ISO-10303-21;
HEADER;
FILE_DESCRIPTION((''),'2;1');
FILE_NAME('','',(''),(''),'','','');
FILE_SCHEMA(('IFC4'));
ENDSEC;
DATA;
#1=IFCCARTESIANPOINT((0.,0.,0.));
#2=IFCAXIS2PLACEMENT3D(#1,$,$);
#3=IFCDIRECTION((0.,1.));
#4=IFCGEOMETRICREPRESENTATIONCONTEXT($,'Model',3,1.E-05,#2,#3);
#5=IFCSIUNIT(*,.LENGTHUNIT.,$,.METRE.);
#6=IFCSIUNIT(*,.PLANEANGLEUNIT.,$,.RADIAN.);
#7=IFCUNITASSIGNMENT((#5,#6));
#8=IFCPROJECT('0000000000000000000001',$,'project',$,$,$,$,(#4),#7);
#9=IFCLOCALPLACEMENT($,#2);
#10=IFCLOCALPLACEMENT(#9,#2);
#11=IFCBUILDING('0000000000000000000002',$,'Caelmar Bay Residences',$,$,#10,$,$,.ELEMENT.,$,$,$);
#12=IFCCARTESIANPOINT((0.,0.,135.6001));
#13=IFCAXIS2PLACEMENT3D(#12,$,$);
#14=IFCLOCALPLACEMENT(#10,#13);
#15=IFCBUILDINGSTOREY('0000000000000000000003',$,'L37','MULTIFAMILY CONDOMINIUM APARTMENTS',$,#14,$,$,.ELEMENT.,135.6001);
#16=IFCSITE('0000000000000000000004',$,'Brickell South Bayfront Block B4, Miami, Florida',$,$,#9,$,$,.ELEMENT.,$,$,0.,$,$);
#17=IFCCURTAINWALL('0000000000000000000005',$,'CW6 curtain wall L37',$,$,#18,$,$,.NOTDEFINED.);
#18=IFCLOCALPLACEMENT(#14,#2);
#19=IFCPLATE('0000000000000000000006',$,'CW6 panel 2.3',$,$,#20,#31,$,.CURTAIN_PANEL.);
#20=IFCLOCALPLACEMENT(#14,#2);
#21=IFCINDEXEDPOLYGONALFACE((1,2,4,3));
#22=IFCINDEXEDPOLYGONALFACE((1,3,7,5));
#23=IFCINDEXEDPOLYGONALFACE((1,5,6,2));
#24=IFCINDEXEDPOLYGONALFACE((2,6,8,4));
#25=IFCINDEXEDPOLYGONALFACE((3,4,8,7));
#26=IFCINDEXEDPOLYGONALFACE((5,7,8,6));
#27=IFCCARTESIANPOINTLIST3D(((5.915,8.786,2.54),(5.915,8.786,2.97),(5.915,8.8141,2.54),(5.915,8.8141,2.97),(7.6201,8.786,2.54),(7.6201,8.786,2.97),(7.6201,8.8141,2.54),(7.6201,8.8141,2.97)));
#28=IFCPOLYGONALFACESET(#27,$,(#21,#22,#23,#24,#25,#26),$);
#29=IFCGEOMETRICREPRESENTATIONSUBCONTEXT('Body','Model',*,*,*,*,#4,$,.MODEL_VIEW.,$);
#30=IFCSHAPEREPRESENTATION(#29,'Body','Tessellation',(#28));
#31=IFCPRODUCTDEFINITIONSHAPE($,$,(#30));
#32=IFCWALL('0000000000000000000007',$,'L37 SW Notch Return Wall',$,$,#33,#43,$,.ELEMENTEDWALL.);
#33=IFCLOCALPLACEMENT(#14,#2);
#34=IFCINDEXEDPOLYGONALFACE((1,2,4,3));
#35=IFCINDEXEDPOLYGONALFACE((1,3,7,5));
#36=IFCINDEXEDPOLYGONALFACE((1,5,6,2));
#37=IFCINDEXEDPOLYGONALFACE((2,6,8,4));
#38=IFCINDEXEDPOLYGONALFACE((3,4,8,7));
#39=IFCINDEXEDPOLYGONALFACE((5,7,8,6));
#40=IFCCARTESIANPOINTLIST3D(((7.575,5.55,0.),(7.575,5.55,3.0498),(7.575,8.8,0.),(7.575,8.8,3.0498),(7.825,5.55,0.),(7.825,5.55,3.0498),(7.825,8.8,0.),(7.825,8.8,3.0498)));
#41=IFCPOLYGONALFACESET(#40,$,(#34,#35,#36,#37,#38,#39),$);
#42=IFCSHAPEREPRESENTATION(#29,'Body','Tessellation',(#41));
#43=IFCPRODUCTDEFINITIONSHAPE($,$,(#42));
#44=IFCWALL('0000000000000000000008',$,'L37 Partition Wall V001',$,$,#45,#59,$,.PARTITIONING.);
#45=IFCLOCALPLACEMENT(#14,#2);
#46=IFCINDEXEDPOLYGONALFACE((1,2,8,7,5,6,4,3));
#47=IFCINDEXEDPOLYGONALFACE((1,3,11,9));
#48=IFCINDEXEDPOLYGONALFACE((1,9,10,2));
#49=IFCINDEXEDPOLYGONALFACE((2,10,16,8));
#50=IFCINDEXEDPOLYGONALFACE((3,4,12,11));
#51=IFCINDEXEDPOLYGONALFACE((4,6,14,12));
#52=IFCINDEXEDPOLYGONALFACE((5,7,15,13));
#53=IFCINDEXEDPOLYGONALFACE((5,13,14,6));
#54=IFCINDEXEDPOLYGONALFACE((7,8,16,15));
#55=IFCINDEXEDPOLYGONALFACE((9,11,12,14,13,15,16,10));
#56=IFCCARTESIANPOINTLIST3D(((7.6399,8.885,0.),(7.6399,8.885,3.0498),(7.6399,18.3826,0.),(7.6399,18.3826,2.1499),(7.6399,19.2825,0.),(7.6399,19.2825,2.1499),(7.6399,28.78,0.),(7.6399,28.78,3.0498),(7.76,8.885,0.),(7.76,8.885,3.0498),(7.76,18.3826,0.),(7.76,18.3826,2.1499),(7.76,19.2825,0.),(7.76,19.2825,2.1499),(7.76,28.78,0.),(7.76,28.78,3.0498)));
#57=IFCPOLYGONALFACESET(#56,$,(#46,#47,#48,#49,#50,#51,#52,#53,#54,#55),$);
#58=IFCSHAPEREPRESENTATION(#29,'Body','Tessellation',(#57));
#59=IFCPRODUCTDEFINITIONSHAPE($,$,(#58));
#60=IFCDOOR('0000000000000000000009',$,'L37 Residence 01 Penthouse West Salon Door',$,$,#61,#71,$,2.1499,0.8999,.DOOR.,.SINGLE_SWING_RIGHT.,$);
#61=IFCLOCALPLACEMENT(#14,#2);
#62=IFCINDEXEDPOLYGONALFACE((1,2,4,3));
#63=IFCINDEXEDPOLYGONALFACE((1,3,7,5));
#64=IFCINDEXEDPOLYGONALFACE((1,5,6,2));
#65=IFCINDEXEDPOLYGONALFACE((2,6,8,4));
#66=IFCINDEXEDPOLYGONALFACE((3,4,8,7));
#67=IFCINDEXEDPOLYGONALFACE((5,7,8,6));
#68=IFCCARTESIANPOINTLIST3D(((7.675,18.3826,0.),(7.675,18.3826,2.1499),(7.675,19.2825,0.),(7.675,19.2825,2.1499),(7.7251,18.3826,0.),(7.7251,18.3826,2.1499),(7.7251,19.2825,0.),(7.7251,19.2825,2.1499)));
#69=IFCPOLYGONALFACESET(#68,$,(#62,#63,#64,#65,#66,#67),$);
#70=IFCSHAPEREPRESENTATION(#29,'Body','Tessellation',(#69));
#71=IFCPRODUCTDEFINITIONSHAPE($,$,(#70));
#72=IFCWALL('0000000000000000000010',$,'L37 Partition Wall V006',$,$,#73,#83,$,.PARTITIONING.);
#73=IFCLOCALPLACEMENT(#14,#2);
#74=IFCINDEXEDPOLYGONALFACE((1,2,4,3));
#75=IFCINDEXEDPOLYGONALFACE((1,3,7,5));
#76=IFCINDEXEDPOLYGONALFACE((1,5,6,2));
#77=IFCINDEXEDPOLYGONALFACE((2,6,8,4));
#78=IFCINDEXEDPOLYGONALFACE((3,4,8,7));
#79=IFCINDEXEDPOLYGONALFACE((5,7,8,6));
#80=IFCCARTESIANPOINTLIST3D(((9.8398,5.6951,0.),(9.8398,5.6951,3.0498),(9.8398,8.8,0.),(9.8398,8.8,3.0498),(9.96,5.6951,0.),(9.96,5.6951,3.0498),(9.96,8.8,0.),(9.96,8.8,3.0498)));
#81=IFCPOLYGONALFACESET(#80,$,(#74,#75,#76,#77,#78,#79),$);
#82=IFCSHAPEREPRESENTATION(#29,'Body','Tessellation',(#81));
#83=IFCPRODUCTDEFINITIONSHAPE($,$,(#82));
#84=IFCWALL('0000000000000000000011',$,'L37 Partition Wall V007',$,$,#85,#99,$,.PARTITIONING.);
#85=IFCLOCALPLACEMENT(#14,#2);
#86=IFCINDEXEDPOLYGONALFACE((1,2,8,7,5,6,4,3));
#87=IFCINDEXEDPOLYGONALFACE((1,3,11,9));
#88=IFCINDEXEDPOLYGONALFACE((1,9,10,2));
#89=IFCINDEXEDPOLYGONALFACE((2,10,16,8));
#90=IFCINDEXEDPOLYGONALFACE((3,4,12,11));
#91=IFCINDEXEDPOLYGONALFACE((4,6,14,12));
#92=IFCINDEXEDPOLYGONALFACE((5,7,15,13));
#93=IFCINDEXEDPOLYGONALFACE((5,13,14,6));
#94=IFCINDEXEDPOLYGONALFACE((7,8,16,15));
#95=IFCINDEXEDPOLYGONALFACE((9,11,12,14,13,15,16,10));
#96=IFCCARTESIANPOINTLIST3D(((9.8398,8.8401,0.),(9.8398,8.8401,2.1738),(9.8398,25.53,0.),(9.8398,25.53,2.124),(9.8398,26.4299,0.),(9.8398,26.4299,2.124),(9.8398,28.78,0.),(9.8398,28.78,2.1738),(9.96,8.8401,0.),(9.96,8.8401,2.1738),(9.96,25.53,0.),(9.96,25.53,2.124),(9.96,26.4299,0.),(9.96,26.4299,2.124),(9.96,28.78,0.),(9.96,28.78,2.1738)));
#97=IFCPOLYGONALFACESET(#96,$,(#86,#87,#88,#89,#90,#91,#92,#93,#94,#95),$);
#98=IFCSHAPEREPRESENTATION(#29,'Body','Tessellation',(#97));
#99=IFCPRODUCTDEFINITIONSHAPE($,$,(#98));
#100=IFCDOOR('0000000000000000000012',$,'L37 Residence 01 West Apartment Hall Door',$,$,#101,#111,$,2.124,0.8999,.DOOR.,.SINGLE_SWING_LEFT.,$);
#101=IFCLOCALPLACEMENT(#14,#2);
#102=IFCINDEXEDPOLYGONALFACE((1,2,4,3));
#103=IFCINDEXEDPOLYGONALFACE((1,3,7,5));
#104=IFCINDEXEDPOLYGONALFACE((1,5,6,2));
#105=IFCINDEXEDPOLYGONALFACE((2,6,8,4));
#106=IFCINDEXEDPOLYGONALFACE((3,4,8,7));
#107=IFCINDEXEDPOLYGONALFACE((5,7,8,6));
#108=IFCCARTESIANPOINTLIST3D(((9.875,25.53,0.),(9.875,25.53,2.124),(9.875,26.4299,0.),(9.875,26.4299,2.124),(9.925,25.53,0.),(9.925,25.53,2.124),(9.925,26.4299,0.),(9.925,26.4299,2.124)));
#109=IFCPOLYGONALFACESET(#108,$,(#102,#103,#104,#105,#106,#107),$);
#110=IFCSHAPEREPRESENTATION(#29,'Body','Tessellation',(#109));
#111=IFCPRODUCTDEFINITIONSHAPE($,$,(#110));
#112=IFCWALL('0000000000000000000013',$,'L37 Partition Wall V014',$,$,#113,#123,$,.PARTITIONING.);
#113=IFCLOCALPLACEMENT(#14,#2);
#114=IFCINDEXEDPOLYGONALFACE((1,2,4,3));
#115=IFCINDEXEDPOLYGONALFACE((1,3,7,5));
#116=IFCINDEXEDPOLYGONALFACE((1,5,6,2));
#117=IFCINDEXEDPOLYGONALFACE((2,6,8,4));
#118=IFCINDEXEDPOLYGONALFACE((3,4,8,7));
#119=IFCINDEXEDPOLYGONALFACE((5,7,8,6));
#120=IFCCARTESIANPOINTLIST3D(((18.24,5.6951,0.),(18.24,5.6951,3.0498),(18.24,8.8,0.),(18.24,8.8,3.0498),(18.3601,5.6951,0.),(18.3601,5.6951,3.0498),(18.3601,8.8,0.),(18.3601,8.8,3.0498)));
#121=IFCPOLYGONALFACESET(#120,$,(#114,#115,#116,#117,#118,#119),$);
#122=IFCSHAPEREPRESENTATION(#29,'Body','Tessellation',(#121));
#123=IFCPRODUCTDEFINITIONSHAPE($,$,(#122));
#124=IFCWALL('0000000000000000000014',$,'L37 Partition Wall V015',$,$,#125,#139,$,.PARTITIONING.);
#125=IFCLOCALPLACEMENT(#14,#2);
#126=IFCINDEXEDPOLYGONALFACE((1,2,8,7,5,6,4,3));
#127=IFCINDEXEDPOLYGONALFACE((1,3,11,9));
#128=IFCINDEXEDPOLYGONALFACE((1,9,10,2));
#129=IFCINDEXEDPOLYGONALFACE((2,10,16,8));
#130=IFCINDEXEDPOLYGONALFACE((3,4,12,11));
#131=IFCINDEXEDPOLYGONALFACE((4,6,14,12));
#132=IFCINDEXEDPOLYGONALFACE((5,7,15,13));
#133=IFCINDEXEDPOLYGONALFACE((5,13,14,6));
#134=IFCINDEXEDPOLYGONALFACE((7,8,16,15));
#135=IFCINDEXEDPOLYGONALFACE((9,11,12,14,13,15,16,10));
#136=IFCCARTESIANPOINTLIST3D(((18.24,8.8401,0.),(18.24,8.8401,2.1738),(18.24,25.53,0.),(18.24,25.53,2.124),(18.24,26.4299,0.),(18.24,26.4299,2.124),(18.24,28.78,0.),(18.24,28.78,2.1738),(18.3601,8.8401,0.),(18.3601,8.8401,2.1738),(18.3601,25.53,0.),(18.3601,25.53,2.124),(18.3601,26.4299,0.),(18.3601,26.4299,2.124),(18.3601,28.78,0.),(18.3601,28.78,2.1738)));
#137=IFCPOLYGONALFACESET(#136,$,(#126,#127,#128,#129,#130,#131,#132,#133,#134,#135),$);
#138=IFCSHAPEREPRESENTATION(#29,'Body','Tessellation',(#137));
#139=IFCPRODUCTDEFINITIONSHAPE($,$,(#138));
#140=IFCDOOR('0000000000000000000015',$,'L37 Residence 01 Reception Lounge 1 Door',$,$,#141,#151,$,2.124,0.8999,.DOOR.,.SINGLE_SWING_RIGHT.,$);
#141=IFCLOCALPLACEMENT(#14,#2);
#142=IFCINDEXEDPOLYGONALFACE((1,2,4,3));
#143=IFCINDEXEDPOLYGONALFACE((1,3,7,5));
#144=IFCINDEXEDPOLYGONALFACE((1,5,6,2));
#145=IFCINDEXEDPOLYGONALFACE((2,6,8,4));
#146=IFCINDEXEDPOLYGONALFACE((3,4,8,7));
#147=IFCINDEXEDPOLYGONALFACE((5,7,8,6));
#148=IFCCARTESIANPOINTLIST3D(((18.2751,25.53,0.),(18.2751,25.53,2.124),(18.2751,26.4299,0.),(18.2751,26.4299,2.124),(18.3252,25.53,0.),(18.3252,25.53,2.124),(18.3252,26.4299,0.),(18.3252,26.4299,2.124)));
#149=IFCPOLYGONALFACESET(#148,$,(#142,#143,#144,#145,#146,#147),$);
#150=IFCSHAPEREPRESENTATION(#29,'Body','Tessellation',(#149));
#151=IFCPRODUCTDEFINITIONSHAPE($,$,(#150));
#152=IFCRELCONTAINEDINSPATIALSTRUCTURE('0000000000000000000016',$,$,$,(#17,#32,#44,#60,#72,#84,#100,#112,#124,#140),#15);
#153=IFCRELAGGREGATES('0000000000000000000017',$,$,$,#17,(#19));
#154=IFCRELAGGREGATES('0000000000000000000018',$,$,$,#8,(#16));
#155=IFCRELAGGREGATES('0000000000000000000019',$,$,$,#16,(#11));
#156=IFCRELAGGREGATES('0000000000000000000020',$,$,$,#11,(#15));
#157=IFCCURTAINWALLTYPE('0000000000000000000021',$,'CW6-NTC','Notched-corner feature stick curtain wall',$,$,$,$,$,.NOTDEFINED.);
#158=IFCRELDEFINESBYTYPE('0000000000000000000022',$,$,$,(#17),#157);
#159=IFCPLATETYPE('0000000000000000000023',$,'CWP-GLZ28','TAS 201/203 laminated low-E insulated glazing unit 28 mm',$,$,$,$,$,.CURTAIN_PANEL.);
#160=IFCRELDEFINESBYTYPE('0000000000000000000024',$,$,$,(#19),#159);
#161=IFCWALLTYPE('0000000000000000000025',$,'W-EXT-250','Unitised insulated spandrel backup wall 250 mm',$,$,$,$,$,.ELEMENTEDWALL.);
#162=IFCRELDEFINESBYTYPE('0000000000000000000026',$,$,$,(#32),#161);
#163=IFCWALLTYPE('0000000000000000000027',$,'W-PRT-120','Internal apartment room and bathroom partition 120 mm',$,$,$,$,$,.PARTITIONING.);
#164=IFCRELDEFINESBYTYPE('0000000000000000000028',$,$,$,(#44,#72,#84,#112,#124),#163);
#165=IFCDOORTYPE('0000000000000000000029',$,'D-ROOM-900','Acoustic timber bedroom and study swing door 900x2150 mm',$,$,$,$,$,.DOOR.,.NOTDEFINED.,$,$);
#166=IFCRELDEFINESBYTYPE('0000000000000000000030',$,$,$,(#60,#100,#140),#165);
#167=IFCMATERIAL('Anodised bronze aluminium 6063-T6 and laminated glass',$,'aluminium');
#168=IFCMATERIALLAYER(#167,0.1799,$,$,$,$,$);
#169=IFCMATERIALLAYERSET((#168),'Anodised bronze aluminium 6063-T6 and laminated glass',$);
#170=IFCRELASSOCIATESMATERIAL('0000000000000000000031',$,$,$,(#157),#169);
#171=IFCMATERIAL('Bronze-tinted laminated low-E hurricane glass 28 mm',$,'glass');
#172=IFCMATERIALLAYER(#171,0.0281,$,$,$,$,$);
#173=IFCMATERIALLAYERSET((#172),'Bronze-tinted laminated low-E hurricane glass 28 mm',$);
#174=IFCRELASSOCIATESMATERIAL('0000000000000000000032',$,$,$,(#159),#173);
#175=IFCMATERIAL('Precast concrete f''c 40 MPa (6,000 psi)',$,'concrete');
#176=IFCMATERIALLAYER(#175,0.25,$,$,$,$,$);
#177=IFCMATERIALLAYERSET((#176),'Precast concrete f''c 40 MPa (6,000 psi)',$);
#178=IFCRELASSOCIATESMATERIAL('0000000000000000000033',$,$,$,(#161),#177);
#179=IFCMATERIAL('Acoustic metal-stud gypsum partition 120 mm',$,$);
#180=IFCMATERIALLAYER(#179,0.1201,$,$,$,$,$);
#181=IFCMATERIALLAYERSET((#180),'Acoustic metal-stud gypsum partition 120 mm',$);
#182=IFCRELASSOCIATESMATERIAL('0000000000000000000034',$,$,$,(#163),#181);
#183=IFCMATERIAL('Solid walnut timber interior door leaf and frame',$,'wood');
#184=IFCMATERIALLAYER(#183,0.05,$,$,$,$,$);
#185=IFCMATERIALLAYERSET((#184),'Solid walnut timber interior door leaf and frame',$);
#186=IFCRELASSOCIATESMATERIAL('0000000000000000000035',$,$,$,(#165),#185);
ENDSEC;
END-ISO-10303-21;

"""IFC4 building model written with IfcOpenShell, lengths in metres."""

from ifc_helpers import new_model, si_unit, direction, frame, frame_2d, origin, origin_2d, place, context, subcontext, project, spatial, rectangle, extrude, material, layer, layer_set, type_object, element, fill, aggregate, save


model = new_model("IFC4")

# Units and contexts
model_context = context("Model", 3, precision=1e-05, world=origin(), true_north=direction((0.0, 1.0)))
body_context = subcontext(model_context, "Body", "Model", "MODEL_VIEW")
ifc_project = project(units=[si_unit("LENGTHUNIT", "METRE"), si_unit("PLANEANGLEUNIT", "RADIAN")], contexts=[model_context])

# Site, building, storey
site_placement = place(None, origin())
site = spatial("IfcSite", under=ifc_project, at=site_placement, Name="Brickell South Bayfront Block B4, Miami, Florida", CompositionType="ELEMENT", RefElevation=0.0)
building_placement = place(site_placement, origin())
building = spatial("IfcBuilding", under=site, at=building_placement, Name="Caelmar Bay Residences", CompositionType="ELEMENT")
storey_placement = place(building_placement, frame((0.0, 0.0, 135.6001)))
storey = spatial("IfcBuildingStorey", under=building, at=storey_placement, Name="L37", Description="MULTIFAMILY CONDOMINIUM APARTMENTS", CompositionType="ELEMENT", Elevation=135.6001)

# Curtain wall, plate
ifc_material_1 = material(Name="Anodised bronze aluminium 6063-T6 and laminated glass", Category="aluminium")
ifc_layer_1 = layer(ifc_material_1, 0.1799)
ifc_layer_set_1 = layer_set([ifc_layer_1], Name="Anodised bronze aluminium 6063-T6 and laminated glass")
curtain_wall_type = type_object("IfcCurtainWallType", Name="CW6-NTC", Description="Notched-corner feature stick curtain wall", PredefinedType="NOTDEFINED", material=ifc_layer_set_1)
curtain_wall_placement = place(storey_placement, origin())
curtain_wall = element("IfcCurtainWall", 1, at=curtain_wall_placement, inside=storey, type_object=curtain_wall_type, Name="CW6 curtain wall L37", PredefinedType="NOTDEFINED")
ifc_material_2 = material(Name="Bronze-tinted laminated low-E hurricane glass 28 mm", Category="glass")
ifc_layer_2 = layer(ifc_material_2, 0.0281)
ifc_layer_set_2 = layer_set([ifc_layer_2], Name="Bronze-tinted laminated low-E hurricane glass 28 mm")
plate_type = type_object("IfcPlateType", Name="CWP-GLZ28", Description="TAS 201/203 laminated low-E insulated glazing unit 28 mm", PredefinedType="CURTAIN_PANEL", material=ifc_layer_set_2)
plate_1_placement = place(storey_placement, frame((6.7676, 8.8, 2.54), z_axis=(0.0, 0.0, 1.0), x_axis=(1.0, 0.0, 0.0)))
plate_1 = element("IfcPlate", 2, at=plate_1_placement, type_object=plate_type, Name="CW6 panel 2.3", PredefinedType="CURTAIN_PANEL", context=body_context, shape_type="SweptSolid", body=[
    extrude(rectangle(XDim=1.7051, YDim=0.0281, at=origin_2d()), origin(), (0.0, 0.0, 1.0), 0.4299),
])
aggregate(curtain_wall, [plate_1])

# Wall
ifc_material_3 = material(Name="Precast concrete f'c 40 MPa (6,000 psi)", Category="concrete")
ifc_layer_3 = layer(ifc_material_3, 0.25)
ifc_layer_set_3 = layer_set([ifc_layer_3], Name="Precast concrete f'c 40 MPa (6,000 psi)")
wall_type_1 = type_object("IfcWallType", Name="W-EXT-250", Description="Unitised insulated spandrel backup wall 250 mm", PredefinedType="ELEMENTEDWALL", material=ifc_layer_set_3)
wall_1_placement = place(storey_placement, frame((7.7, 8.8, 0.0), z_axis=(0.0, 0.0, 1.0), x_axis=(0.0, -1.0, 0.0)))
element("IfcWall", 3, at=wall_1_placement, inside=storey, type_object=wall_type_1, Name="L37 SW Notch Return Wall", PredefinedType="ELEMENTEDWALL", context=body_context, shape_type="SweptSolid", body=[
    extrude(rectangle(XDim=3.25, YDim=0.25, at=frame_2d((1.625, 0.0))), origin(), (0.0, 0.0, 1.0), 3.0498),
])

# Wall, opening, door
ifc_material_4 = material(Name="Acoustic metal-stud gypsum partition 120 mm")
ifc_layer_4 = layer(ifc_material_4, 0.1201)
ifc_layer_set_4 = layer_set([ifc_layer_4], Name="Acoustic metal-stud gypsum partition 120 mm")
wall_type_2 = type_object("IfcWallType", Name="W-PRT-120", Description="Internal apartment room and bathroom partition 120 mm", PredefinedType="PARTITIONING", material=ifc_layer_set_4)
wall_2_placement = place(storey_placement, frame((7.7, 8.885, 0.0), z_axis=(0.0, 0.0, 1.0), x_axis=(0.0, 1.0, 0.0)))
wall_2 = element("IfcWall", 4, at=wall_2_placement, inside=storey, type_object=wall_type_2, Name="L37 Partition Wall V001", PredefinedType="PARTITIONING", context=body_context, shape_type="SweptSolid", body=[
    extrude(rectangle(XDim=19.895, YDim=0.1201, at=frame_2d((9.9475, 0.0))), origin(), (0.0, 0.0, 1.0), 3.0498),
])
opening_1_placement = place(wall_2_placement, frame((9.4976, 0.0, 0.0)))
opening_1 = element("IfcOpeningElement", 5, at=opening_1_placement, cuts=wall_2, PredefinedType="OPENING", context=body_context, shape_type="SweptSolid", body=[
    extrude(rectangle(XDim=0.8999, YDim=2.1499, at=frame_2d((0.45, 1.075))), frame((0.0, 0.0701, 0.0), z_axis=(0.0, -1.0, 0.0), x_axis=(1.0, 0.0, 0.0)), (0.0, 0.0, 1.0), 0.1401),
])
ifc_material_5 = material(Name="Solid walnut timber interior door leaf and frame", Category="wood")
ifc_layer_5 = layer(ifc_material_5, 0.05)
ifc_layer_set_5 = layer_set([ifc_layer_5], Name="Solid walnut timber interior door leaf and frame")
door_type = type_object("IfcDoorType", Name="D-ROOM-900", Description="Acoustic timber bedroom and study swing door 900x2150 mm", OperationType="NOTDEFINED", PredefinedType="DOOR", material=ifc_layer_set_5)
door_1_placement = place(opening_1_placement, origin())
door_1 = element("IfcDoor", 6, at=door_1_placement, inside=storey, type_object=door_type, Name="L37 Residence 01 Penthouse West Salon Door", OperationType="SINGLE_SWING_RIGHT", OverallHeight=2.1499, OverallWidth=0.8999, PredefinedType="DOOR", context=body_context, shape_type="SweptSolid", body=[
    extrude(rectangle(XDim=0.8999, YDim=2.1499, at=frame_2d((0.45, 1.075))), frame((0.0, 0.0249, 0.0), z_axis=(0.0, -1.0, 0.0), x_axis=(1.0, 0.0, 0.0)), (0.0, 0.0, 1.0), 0.05),
])
fill(opening_1, door_1)

# Wall
wall_3_placement = place(storey_placement, frame((9.8999, 5.6951, 0.0), z_axis=(0.0, 0.0, 1.0), x_axis=(0.0, 1.0, 0.0)))
element("IfcWall", 7, at=wall_3_placement, inside=storey, type_object=wall_type_2, Name="L37 Partition Wall V006", PredefinedType="PARTITIONING", context=body_context, shape_type="SweptSolid", body=[
    extrude(rectangle(XDim=3.105, YDim=0.1201, at=frame_2d((1.5525, 0.0))), origin(), (0.0, 0.0, 1.0), 3.0498),
])

# Wall, opening, door
wall_4_placement = place(storey_placement, frame((9.8999, 8.8401, 0.0), z_axis=(0.0, 0.0, 1.0), x_axis=(0.0, 1.0, 0.0)))
wall_4 = element("IfcWall", 8, at=wall_4_placement, inside=storey, type_object=wall_type_2, Name="L37 Partition Wall V007", PredefinedType="PARTITIONING", context=body_context, shape_type="SweptSolid", body=[
    extrude(rectangle(XDim=19.9399, YDim=0.1201, at=frame_2d((9.97, 0.0))), origin(), (0.0, 0.0, 1.0), 2.1738),
])
opening_2_placement = place(wall_4_placement, frame((16.6899, 0.0, 0.0)))
opening_2 = element("IfcOpeningElement", 9, at=opening_2_placement, cuts=wall_4, PredefinedType="OPENING", context=body_context, shape_type="SweptSolid", body=[
    extrude(rectangle(XDim=0.8999, YDim=2.124, at=frame_2d((0.45, 1.062))), frame((0.0, 0.0701, 0.0), z_axis=(0.0, -1.0, 0.0), x_axis=(1.0, 0.0, 0.0)), (0.0, 0.0, 1.0), 0.1401),
])
door_2_placement = place(opening_2_placement, origin())
door_2 = element("IfcDoor", 10, at=door_2_placement, inside=storey, type_object=door_type, Name="L37 Residence 01 West Apartment Hall Door", OperationType="SINGLE_SWING_LEFT", OverallHeight=2.124, OverallWidth=0.8999, PredefinedType="DOOR", context=body_context, shape_type="SweptSolid", body=[
    extrude(rectangle(XDim=0.8999, YDim=2.124, at=frame_2d((0.45, 1.062))), frame((0.0, 0.0249, 0.0), z_axis=(0.0, -1.0, 0.0), x_axis=(1.0, 0.0, 0.0)), (0.0, 0.0, 1.0), 0.05),
])
fill(opening_2, door_2)

# Wall
wall_5_placement = place(storey_placement, frame((18.3, 5.6951, 0.0), z_axis=(0.0, 0.0, 1.0), x_axis=(0.0, 1.0, 0.0)))
element("IfcWall", 11, at=wall_5_placement, inside=storey, type_object=wall_type_2, Name="L37 Partition Wall V014", PredefinedType="PARTITIONING", context=body_context, shape_type="SweptSolid", body=[
    extrude(rectangle(XDim=3.105, YDim=0.1201, at=frame_2d((1.5525, 0.0))), origin(), (0.0, 0.0, 1.0), 3.0498),
])

# Wall, opening, door
wall_6_placement = place(storey_placement, frame((18.3, 8.8401, 0.0), z_axis=(0.0, 0.0, 1.0), x_axis=(0.0, 1.0, 0.0)))
wall_6 = element("IfcWall", 12, at=wall_6_placement, inside=storey, type_object=wall_type_2, Name="L37 Partition Wall V015", PredefinedType="PARTITIONING", context=body_context, shape_type="SweptSolid", body=[
    extrude(rectangle(XDim=19.9399, YDim=0.1201, at=frame_2d((9.97, 0.0))), origin(), (0.0, 0.0, 1.0), 2.1738),
])
opening_3_placement = place(wall_6_placement, frame((16.6899, 0.0, 0.0)))
opening_3 = element("IfcOpeningElement", 13, at=opening_3_placement, cuts=wall_6, PredefinedType="OPENING", context=body_context, shape_type="SweptSolid", body=[
    extrude(rectangle(XDim=0.8999, YDim=2.124, at=frame_2d((0.45, 1.062))), frame((0.0, 0.0701, 0.0), z_axis=(0.0, -1.0, 0.0), x_axis=(1.0, 0.0, 0.0)), (0.0, 0.0, 1.0), 0.1401),
])
door_3_placement = place(opening_3_placement, origin())
door_3 = element("IfcDoor", 14, at=door_3_placement, inside=storey, type_object=door_type, Name="L37 Residence 01 Reception Lounge 1 Door", OperationType="SINGLE_SWING_RIGHT", OverallHeight=2.124, OverallWidth=0.8999, PredefinedType="DOOR", context=body_context, shape_type="SweptSolid", body=[
    extrude(rectangle(XDim=0.8999, YDim=2.124, at=frame_2d((0.45, 1.062))), frame((0.0, 0.0249, 0.0), z_axis=(0.0, -1.0, 0.0), x_axis=(1.0, 0.0, 0.0)), (0.0, 0.0, 1.0), 0.05),
])
fill(opening_3, door_3)

save(model, "model.ifc")
